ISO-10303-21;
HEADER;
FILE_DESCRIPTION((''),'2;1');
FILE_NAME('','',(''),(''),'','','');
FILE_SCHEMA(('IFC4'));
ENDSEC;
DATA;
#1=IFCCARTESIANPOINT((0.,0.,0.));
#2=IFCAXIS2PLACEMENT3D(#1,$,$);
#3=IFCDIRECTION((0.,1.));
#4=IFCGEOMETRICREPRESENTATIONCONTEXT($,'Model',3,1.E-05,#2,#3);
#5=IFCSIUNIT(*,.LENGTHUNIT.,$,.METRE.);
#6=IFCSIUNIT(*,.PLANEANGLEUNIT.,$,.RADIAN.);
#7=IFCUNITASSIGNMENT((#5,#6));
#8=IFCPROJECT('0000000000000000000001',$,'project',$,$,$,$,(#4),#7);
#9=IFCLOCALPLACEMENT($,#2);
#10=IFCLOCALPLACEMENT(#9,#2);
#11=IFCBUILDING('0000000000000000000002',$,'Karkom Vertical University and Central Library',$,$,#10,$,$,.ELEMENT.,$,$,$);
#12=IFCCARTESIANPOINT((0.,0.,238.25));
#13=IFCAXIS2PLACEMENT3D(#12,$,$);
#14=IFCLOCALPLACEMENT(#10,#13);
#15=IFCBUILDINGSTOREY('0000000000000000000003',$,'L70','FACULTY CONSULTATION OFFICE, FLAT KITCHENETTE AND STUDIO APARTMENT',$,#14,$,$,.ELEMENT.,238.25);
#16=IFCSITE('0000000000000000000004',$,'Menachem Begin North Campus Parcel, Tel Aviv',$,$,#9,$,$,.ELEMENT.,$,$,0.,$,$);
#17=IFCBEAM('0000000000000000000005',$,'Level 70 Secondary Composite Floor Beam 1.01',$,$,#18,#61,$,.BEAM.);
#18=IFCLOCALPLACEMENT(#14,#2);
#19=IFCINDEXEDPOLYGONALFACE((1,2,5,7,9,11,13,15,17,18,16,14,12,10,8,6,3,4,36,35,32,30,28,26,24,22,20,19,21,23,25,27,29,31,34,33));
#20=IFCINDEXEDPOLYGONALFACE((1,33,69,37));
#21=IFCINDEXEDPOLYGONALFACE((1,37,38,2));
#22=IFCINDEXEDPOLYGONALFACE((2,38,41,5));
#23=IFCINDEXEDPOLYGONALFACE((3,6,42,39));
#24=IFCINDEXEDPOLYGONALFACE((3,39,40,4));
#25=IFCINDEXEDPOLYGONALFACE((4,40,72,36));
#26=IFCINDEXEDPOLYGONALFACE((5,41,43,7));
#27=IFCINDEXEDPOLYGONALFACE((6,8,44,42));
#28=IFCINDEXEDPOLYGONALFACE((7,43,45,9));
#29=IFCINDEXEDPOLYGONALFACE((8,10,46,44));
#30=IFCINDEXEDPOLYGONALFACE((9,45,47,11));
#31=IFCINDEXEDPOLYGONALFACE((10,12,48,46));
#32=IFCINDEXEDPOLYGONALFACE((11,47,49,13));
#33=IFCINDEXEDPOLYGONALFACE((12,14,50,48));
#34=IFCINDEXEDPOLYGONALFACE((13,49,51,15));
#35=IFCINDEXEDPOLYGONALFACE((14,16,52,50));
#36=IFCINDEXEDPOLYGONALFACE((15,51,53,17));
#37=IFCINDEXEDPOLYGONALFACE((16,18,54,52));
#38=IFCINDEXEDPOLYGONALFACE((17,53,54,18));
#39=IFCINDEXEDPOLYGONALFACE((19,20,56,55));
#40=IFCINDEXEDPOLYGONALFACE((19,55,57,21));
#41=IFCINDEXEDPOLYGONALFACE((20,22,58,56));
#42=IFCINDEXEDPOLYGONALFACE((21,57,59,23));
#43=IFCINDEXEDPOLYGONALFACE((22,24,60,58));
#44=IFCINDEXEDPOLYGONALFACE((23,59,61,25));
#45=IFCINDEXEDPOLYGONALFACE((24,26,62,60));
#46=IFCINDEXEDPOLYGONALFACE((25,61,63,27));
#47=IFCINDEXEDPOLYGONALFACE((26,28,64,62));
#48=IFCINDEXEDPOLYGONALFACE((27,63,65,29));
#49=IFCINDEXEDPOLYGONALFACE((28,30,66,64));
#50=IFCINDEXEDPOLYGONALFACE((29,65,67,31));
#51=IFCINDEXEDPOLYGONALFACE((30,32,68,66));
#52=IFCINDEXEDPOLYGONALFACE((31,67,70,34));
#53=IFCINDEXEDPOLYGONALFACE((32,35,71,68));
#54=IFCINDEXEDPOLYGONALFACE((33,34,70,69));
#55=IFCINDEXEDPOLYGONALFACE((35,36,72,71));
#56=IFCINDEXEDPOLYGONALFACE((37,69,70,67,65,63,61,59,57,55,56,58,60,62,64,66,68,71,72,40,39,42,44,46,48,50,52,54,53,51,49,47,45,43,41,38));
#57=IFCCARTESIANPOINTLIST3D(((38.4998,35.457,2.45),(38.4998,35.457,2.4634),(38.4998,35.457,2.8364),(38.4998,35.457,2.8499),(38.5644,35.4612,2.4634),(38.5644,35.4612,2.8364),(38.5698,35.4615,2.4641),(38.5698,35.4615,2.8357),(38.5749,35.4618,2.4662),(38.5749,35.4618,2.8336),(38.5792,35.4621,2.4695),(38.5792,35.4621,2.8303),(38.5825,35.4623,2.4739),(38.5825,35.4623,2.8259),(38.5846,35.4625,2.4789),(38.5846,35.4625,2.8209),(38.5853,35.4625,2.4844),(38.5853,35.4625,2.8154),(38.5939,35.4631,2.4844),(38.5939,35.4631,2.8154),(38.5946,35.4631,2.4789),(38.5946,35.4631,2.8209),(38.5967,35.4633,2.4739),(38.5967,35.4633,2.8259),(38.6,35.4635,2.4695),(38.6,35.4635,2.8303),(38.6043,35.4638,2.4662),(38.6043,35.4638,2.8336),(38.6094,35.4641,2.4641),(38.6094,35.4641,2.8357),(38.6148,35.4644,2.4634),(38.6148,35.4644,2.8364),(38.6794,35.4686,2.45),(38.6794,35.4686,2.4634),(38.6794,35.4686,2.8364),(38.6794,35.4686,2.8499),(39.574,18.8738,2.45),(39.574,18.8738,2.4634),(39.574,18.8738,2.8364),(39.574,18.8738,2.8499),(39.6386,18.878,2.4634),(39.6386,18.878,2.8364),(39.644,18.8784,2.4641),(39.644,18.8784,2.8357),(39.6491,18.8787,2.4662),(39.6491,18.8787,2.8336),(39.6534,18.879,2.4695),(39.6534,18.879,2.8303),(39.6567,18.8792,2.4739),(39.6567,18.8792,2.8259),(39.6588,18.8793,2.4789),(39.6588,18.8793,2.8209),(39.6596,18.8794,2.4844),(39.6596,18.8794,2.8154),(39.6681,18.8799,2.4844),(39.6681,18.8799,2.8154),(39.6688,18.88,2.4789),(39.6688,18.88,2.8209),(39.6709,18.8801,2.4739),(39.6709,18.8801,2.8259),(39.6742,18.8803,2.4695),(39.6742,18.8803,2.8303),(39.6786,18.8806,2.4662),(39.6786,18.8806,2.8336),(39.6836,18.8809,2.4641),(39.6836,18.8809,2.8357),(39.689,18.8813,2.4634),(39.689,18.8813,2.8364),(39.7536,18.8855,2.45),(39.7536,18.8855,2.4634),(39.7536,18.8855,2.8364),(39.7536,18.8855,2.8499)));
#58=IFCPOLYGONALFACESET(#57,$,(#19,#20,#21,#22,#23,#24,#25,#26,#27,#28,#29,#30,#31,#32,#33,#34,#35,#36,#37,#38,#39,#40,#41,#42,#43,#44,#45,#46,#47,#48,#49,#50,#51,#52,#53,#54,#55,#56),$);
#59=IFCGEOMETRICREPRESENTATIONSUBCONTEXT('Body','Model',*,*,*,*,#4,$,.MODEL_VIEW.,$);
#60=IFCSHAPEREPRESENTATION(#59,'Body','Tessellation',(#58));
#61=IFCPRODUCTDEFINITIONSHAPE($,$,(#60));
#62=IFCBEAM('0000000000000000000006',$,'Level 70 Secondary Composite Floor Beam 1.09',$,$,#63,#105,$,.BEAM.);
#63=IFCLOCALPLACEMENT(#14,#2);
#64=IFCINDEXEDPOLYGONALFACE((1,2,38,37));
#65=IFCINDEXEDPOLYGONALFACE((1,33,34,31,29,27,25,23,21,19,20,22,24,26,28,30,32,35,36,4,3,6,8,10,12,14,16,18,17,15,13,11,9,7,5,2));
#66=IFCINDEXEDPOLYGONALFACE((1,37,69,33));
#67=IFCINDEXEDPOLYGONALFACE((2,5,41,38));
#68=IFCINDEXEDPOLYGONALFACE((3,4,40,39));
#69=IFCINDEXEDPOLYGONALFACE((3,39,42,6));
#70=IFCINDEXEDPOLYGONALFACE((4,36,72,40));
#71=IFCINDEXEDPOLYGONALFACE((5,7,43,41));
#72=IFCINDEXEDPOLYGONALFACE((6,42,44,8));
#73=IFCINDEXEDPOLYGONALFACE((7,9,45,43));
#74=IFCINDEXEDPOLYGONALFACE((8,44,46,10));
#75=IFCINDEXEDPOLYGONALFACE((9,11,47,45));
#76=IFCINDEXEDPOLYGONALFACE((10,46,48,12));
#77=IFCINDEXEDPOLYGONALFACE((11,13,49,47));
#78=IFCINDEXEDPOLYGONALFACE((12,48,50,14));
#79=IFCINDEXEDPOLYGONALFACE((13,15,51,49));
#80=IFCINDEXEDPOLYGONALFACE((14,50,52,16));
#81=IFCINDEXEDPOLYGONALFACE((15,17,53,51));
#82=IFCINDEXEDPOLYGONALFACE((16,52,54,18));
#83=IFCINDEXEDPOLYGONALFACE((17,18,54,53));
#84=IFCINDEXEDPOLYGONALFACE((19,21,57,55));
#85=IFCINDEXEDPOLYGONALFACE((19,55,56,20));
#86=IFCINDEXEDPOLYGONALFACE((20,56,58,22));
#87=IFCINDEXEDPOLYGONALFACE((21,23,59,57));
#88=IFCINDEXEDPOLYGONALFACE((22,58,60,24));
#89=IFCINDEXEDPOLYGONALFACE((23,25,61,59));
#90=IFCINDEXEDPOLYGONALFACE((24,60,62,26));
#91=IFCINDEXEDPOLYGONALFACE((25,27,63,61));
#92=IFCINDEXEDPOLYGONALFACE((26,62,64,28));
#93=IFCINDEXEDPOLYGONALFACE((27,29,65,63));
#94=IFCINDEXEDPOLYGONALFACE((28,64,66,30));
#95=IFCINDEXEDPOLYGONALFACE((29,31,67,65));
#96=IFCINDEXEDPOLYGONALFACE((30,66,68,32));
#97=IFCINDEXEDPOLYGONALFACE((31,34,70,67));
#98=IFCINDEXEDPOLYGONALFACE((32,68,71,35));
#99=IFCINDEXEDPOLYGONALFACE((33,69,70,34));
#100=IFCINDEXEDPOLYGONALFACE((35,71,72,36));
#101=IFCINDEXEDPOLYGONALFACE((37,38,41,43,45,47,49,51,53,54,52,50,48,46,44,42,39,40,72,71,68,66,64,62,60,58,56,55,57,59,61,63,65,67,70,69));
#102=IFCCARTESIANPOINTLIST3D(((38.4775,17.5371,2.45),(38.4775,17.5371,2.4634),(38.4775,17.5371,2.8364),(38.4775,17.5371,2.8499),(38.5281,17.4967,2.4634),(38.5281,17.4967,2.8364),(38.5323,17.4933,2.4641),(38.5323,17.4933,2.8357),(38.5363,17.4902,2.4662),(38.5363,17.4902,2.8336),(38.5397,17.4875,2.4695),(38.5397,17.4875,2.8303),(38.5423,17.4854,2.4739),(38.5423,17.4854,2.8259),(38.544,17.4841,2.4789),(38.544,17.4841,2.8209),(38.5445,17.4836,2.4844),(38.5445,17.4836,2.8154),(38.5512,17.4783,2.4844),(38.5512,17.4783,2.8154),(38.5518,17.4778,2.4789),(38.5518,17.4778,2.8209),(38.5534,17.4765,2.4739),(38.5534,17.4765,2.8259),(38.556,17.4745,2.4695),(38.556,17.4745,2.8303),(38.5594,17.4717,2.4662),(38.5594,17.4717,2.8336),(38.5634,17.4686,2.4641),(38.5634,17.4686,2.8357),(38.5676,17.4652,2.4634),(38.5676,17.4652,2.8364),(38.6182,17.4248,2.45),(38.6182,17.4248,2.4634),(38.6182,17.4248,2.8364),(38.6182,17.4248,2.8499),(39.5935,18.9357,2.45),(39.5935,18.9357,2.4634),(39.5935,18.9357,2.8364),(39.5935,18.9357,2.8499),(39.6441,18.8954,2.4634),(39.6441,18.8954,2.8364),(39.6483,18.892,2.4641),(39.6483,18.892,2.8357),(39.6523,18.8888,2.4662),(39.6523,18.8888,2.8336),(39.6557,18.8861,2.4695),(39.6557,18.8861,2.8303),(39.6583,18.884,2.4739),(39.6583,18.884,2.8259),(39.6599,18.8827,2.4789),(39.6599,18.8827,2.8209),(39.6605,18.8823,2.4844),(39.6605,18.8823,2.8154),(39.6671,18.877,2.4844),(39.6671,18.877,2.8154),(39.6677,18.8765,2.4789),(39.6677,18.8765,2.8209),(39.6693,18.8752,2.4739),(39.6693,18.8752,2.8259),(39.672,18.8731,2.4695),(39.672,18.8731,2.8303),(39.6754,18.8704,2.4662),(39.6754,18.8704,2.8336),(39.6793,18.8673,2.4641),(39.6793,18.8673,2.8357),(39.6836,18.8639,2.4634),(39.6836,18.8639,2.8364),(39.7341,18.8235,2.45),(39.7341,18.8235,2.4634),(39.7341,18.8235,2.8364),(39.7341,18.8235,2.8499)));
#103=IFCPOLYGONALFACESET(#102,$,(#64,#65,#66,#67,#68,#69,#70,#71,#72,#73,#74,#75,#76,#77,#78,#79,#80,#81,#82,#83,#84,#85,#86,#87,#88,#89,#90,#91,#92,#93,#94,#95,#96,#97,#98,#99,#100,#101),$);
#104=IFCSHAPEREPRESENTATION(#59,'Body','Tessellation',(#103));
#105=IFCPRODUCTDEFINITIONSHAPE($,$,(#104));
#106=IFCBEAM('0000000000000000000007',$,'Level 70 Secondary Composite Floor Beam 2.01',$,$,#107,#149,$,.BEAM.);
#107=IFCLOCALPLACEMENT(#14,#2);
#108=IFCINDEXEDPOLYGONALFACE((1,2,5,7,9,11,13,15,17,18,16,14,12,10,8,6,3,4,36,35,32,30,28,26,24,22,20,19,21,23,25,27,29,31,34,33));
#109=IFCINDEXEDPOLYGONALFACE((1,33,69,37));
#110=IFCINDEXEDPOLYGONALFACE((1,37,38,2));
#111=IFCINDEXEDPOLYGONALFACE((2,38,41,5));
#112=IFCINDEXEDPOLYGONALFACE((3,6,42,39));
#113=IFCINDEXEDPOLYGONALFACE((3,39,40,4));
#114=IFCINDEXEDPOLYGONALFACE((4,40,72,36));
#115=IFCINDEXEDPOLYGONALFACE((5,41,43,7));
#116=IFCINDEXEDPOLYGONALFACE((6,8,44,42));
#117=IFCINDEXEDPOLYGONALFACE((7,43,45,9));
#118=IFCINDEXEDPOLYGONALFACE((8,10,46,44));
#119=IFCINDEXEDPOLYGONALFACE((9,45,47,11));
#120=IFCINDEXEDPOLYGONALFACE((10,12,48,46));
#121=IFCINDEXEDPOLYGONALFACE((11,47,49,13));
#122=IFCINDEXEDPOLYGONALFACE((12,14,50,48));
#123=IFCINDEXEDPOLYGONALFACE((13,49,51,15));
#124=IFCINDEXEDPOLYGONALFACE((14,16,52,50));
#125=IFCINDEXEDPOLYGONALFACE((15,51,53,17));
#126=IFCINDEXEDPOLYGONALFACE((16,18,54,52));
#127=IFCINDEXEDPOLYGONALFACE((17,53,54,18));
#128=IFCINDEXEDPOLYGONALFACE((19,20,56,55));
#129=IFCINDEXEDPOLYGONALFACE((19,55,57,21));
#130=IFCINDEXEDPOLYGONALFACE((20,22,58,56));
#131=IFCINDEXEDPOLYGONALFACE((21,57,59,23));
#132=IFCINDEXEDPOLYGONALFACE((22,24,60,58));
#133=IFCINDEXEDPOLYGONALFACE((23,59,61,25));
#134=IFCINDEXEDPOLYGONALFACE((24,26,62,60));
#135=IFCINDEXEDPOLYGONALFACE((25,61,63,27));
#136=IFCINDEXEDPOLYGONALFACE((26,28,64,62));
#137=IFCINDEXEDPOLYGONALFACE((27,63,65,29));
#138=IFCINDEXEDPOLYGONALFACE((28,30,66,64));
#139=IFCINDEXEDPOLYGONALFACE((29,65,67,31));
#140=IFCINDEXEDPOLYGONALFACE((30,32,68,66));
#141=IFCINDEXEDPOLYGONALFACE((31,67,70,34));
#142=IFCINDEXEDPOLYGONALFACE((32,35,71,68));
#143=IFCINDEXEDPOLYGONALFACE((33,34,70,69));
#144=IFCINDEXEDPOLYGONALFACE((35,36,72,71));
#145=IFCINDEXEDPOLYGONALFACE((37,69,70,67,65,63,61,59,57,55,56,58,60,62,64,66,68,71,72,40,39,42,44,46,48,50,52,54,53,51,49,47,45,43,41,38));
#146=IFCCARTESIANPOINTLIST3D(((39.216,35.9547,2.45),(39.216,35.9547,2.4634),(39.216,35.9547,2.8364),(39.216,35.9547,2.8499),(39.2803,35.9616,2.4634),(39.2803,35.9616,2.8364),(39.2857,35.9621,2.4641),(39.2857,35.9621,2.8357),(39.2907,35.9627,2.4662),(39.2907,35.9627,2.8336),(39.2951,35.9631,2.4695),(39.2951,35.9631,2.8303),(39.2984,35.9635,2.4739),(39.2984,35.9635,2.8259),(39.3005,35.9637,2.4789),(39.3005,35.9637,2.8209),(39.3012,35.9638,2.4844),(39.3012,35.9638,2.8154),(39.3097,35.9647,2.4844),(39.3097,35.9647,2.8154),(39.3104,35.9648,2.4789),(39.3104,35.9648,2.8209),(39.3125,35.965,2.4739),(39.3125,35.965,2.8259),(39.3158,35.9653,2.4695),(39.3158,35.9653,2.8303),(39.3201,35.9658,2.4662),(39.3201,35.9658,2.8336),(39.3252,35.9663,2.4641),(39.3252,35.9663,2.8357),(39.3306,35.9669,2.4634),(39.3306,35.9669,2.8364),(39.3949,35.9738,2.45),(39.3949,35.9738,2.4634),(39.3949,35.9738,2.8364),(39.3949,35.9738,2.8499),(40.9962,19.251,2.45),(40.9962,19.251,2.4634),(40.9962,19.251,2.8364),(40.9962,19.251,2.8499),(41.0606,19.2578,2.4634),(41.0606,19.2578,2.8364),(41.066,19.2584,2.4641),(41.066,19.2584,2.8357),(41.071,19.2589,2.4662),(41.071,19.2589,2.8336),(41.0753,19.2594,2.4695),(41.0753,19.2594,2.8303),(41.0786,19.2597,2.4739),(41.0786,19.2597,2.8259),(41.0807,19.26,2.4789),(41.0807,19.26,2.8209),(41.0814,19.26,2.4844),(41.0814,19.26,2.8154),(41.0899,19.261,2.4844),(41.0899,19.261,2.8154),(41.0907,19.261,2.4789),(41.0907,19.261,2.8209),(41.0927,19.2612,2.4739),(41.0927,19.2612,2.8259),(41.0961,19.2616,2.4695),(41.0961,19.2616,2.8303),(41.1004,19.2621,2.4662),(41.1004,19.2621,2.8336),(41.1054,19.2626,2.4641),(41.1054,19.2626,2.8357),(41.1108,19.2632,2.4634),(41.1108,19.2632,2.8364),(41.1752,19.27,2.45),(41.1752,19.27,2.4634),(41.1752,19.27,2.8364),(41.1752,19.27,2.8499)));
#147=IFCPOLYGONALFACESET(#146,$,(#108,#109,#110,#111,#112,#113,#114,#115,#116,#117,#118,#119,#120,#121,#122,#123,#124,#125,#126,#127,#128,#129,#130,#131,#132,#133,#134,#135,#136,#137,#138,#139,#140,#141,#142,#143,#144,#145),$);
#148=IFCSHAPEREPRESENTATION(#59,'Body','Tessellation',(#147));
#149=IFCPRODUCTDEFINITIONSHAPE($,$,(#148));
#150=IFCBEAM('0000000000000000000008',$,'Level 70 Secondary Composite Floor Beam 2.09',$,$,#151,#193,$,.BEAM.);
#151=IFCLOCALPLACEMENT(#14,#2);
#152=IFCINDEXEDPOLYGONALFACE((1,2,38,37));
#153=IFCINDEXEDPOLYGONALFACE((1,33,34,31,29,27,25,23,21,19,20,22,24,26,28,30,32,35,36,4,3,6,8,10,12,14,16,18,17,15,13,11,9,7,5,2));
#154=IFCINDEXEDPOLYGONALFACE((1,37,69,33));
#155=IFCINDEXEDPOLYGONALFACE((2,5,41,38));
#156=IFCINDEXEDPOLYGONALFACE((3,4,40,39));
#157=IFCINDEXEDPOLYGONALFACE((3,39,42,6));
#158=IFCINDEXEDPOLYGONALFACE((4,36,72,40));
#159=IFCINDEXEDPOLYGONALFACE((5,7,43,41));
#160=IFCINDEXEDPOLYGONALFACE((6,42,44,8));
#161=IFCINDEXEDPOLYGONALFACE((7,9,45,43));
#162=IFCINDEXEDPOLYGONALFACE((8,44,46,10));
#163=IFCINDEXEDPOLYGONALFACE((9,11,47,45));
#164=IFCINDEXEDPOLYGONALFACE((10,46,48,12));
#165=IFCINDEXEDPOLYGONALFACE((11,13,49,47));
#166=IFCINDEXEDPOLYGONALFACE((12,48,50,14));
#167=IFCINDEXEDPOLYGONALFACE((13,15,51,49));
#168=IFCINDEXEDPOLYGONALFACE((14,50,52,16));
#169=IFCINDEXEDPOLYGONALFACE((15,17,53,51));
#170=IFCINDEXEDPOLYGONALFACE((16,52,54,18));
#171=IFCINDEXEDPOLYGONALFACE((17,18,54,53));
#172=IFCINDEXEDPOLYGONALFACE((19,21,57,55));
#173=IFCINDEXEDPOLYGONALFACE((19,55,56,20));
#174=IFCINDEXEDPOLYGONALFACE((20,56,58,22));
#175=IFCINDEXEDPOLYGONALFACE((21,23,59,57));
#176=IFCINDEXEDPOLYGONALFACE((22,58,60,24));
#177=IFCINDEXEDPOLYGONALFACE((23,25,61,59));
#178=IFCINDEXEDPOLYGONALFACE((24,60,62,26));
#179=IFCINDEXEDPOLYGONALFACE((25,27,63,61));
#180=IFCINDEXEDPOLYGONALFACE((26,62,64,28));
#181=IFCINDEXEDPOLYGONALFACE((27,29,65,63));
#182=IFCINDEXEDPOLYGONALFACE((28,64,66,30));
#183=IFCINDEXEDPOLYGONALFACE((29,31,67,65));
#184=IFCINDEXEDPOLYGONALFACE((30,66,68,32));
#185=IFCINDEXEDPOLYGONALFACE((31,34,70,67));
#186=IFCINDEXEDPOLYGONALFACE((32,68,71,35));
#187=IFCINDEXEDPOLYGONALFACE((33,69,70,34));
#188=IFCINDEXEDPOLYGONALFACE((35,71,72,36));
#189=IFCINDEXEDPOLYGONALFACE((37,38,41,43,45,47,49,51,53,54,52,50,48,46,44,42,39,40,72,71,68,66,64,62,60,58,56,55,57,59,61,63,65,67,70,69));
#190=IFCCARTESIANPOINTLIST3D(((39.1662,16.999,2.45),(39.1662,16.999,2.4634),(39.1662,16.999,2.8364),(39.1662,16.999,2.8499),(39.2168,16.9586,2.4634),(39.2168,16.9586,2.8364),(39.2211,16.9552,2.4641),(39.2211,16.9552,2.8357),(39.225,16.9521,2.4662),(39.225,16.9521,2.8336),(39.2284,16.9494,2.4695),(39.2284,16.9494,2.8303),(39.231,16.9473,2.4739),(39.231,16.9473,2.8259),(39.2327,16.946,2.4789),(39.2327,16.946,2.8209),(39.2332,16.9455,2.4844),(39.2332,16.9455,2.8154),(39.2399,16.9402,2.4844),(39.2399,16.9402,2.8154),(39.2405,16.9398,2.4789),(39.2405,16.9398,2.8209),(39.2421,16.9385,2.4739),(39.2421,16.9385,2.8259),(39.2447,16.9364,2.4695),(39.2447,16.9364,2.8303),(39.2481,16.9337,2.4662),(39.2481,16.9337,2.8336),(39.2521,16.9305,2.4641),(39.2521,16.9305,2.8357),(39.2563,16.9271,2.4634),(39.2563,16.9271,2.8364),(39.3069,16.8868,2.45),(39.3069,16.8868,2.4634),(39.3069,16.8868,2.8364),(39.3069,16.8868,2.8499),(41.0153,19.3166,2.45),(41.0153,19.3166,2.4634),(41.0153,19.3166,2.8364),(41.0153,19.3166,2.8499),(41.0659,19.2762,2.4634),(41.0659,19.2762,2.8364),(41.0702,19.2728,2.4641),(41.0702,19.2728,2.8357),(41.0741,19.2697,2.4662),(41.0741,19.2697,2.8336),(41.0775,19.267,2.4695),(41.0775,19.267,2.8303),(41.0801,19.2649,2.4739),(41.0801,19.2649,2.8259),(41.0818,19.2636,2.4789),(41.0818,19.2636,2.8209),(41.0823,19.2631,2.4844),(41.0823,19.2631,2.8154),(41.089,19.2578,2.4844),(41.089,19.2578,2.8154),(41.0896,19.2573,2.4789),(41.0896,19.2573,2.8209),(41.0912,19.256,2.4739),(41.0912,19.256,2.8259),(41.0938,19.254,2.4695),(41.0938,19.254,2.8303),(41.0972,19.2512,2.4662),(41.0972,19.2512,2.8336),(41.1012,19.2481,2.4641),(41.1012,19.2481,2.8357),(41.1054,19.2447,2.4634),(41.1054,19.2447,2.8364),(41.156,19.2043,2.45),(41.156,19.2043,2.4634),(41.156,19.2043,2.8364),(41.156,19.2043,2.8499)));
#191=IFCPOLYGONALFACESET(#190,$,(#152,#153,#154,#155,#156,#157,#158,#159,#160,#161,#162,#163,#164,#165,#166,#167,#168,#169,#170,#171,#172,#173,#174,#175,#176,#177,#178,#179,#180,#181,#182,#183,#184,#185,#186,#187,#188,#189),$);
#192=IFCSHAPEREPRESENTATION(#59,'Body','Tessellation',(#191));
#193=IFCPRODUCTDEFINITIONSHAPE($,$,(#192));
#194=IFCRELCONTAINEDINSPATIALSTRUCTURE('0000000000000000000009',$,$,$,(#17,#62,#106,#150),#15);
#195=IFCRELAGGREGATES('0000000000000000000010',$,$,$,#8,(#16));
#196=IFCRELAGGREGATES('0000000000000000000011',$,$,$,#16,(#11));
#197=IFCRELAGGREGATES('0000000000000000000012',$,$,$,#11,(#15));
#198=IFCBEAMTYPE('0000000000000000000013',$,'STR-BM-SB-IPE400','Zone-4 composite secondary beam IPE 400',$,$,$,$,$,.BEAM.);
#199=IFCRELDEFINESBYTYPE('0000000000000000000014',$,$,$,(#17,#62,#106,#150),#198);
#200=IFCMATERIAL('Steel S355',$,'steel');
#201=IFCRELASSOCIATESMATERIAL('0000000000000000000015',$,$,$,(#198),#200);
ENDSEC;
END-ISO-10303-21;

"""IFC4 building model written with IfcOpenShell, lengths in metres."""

from ifc_helpers import new_model, si_unit, direction, frame, origin, origin_with_axes, origin_2d, place, context, subcontext, project, spatial, i_section, extrude, source, transform, mapped, material, material_profile, profile_set, type_object, element, save


model = new_model("IFC4")

# Units and contexts
model_context = context("Model", 3, precision=1e-05, world=origin(), true_north=direction((0.0, 1.0)))
body_context = subcontext(model_context, "Body", "Model", "MODEL_VIEW")
ifc_project = project(units=[si_unit("LENGTHUNIT", "METRE"), si_unit("PLANEANGLEUNIT", "RADIAN")], contexts=[model_context])

# Site, building, storey
site_placement = place(None, origin())
site = spatial("IfcSite", under=ifc_project, at=site_placement, Name="Menachem Begin North Campus Parcel, Tel Aviv", CompositionType="ELEMENT", RefElevation=0.0)
building_placement = place(site_placement, origin())
building = spatial("IfcBuilding", under=site, at=building_placement, Name="Karkom Vertical University and Central Library", CompositionType="ELEMENT")
storey_placement = place(building_placement, frame((0.0, 0.0, 238.25)))
storey = spatial("IfcBuildingStorey", under=building, at=storey_placement, Name="L70", Description="FACULTY CONSULTATION OFFICE, FLAT KITCHENETTE AND STUDIO APARTMENT", CompositionType="ELEMENT", Elevation=238.25)

# Beams
ifc_material_1 = material(Name="Steel S355", Category="steel")
ifc_material_profile_1 = material_profile(ifc_material_1, i_section(OverallWidth=0.1799, OverallDepth=0.3999, WebThickness=0.0085, FlangeThickness=0.0134, FilletRadius=0.021, at=origin_2d()), Name="IPE 400")
ifc_profile_set_1 = profile_set([ifc_material_profile_1], Name="Steel S355")
beam_type_1 = type_object("IfcBeamType", Name="STR-BM-SB-IPE400", Description="Zone-4 composite secondary beam IPE 400", PredefinedType="BEAM", material=ifc_profile_set_1)
shared_shape_1 = source(origin_with_axes(), body_context, "Body", "SweptSolid", [
    extrude(i_section(OverallWidth=0.1799, OverallDepth=0.3999, WebThickness=0.0085, FlangeThickness=0.0134, FilletRadius=0.021, at=origin_2d()), origin(), (0.0, 0.0, 1.0), 16.6179),
])
beam_1_placement = place(storey_placement, frame((39.6638, 18.8796, 2.6499), z_axis=(-0.064642, 0.997909, 0.0), x_axis=(-0.997909, -0.064642, 0.0)))
element("IfcBeam", 1, at=beam_1_placement, inside=storey, type_object=beam_type_1, Name="Level 70 Secondary Composite Floor Beam 1.01", PredefinedType="BEAM", context=body_context, shape_type="MappedRepresentation", body=[
    mapped(shared_shape_1, transform((0.0, 0.0, 0.0), scale=1.0)),
])
shared_shape_2 = source(origin_with_axes(), body_context, "Body", "SweptSolid", [
    extrude(i_section(OverallWidth=0.1799, OverallDepth=0.3999, WebThickness=0.0085, FlangeThickness=0.0134, FilletRadius=0.021, at=origin_2d()), origin(), (0.0, 0.0, 1.0), 1.7893),
])
beam_2_placement = place(storey_placement, frame((38.5479, 17.481, 2.6499), z_axis=(0.62368, 0.78168, 0.0), x_axis=(-0.78168, 0.62368, 0.0)))
element("IfcBeam", 2, at=beam_2_placement, inside=storey, type_object=beam_type_1, Name="Level 70 Secondary Composite Floor Beam 1.09", PredefinedType="BEAM", context=body_context, shape_type="MappedRepresentation", body=[
    mapped(shared_shape_2, transform((0.0, 0.0, 0.0), scale=1.0)),
])
shared_shape_3 = source(origin_with_axes(), body_context, "Body", "SweptSolid", [
    extrude(i_section(OverallWidth=0.1799, OverallDepth=0.3999, WebThickness=0.0085, FlangeThickness=0.0134, FilletRadius=0.021, at=origin_2d()), origin(), (0.0, 0.0, 1.0), 16.7983),
])
beam_3_placement = place(storey_placement, frame((41.0857, 19.2605, 2.6499), z_axis=(-0.105978, 0.994368, 0.0), x_axis=(-0.994368, -0.105978, 0.0)))
element("IfcBeam", 3, at=beam_3_placement, inside=storey, type_object=beam_type_1, Name="Level 70 Secondary Composite Floor Beam 2.01", PredefinedType="BEAM", context=body_context, shape_type="MappedRepresentation", body=[
    mapped(shared_shape_3, transform((0.0, 0.0, 0.0), scale=1.0)),
])
shared_shape_4 = source(origin_with_axes(), body_context, "Body", "SweptSolid", [
    extrude(i_section(OverallWidth=0.1799, OverallDepth=0.3999, WebThickness=0.0085, FlangeThickness=0.0134, FilletRadius=0.021, at=origin_2d()), origin(), (0.0, 0.0, 1.0), 2.9648),
])
beam_4_placement = place(storey_placement, frame((39.2366, 16.9429, 2.6499), z_axis=(0.62367, 0.781688, 0.0), x_axis=(-0.781688, 0.62367, 0.0)))
element("IfcBeam", 4, at=beam_4_placement, inside=storey, type_object=beam_type_1, Name="Level 70 Secondary Composite Floor Beam 2.09", PredefinedType="BEAM", context=body_context, shape_type="MappedRepresentation", body=[
    mapped(shared_shape_4, transform((0.0, 0.0, 0.0), scale=1.0)),
])

save(model, "model.ifc")
